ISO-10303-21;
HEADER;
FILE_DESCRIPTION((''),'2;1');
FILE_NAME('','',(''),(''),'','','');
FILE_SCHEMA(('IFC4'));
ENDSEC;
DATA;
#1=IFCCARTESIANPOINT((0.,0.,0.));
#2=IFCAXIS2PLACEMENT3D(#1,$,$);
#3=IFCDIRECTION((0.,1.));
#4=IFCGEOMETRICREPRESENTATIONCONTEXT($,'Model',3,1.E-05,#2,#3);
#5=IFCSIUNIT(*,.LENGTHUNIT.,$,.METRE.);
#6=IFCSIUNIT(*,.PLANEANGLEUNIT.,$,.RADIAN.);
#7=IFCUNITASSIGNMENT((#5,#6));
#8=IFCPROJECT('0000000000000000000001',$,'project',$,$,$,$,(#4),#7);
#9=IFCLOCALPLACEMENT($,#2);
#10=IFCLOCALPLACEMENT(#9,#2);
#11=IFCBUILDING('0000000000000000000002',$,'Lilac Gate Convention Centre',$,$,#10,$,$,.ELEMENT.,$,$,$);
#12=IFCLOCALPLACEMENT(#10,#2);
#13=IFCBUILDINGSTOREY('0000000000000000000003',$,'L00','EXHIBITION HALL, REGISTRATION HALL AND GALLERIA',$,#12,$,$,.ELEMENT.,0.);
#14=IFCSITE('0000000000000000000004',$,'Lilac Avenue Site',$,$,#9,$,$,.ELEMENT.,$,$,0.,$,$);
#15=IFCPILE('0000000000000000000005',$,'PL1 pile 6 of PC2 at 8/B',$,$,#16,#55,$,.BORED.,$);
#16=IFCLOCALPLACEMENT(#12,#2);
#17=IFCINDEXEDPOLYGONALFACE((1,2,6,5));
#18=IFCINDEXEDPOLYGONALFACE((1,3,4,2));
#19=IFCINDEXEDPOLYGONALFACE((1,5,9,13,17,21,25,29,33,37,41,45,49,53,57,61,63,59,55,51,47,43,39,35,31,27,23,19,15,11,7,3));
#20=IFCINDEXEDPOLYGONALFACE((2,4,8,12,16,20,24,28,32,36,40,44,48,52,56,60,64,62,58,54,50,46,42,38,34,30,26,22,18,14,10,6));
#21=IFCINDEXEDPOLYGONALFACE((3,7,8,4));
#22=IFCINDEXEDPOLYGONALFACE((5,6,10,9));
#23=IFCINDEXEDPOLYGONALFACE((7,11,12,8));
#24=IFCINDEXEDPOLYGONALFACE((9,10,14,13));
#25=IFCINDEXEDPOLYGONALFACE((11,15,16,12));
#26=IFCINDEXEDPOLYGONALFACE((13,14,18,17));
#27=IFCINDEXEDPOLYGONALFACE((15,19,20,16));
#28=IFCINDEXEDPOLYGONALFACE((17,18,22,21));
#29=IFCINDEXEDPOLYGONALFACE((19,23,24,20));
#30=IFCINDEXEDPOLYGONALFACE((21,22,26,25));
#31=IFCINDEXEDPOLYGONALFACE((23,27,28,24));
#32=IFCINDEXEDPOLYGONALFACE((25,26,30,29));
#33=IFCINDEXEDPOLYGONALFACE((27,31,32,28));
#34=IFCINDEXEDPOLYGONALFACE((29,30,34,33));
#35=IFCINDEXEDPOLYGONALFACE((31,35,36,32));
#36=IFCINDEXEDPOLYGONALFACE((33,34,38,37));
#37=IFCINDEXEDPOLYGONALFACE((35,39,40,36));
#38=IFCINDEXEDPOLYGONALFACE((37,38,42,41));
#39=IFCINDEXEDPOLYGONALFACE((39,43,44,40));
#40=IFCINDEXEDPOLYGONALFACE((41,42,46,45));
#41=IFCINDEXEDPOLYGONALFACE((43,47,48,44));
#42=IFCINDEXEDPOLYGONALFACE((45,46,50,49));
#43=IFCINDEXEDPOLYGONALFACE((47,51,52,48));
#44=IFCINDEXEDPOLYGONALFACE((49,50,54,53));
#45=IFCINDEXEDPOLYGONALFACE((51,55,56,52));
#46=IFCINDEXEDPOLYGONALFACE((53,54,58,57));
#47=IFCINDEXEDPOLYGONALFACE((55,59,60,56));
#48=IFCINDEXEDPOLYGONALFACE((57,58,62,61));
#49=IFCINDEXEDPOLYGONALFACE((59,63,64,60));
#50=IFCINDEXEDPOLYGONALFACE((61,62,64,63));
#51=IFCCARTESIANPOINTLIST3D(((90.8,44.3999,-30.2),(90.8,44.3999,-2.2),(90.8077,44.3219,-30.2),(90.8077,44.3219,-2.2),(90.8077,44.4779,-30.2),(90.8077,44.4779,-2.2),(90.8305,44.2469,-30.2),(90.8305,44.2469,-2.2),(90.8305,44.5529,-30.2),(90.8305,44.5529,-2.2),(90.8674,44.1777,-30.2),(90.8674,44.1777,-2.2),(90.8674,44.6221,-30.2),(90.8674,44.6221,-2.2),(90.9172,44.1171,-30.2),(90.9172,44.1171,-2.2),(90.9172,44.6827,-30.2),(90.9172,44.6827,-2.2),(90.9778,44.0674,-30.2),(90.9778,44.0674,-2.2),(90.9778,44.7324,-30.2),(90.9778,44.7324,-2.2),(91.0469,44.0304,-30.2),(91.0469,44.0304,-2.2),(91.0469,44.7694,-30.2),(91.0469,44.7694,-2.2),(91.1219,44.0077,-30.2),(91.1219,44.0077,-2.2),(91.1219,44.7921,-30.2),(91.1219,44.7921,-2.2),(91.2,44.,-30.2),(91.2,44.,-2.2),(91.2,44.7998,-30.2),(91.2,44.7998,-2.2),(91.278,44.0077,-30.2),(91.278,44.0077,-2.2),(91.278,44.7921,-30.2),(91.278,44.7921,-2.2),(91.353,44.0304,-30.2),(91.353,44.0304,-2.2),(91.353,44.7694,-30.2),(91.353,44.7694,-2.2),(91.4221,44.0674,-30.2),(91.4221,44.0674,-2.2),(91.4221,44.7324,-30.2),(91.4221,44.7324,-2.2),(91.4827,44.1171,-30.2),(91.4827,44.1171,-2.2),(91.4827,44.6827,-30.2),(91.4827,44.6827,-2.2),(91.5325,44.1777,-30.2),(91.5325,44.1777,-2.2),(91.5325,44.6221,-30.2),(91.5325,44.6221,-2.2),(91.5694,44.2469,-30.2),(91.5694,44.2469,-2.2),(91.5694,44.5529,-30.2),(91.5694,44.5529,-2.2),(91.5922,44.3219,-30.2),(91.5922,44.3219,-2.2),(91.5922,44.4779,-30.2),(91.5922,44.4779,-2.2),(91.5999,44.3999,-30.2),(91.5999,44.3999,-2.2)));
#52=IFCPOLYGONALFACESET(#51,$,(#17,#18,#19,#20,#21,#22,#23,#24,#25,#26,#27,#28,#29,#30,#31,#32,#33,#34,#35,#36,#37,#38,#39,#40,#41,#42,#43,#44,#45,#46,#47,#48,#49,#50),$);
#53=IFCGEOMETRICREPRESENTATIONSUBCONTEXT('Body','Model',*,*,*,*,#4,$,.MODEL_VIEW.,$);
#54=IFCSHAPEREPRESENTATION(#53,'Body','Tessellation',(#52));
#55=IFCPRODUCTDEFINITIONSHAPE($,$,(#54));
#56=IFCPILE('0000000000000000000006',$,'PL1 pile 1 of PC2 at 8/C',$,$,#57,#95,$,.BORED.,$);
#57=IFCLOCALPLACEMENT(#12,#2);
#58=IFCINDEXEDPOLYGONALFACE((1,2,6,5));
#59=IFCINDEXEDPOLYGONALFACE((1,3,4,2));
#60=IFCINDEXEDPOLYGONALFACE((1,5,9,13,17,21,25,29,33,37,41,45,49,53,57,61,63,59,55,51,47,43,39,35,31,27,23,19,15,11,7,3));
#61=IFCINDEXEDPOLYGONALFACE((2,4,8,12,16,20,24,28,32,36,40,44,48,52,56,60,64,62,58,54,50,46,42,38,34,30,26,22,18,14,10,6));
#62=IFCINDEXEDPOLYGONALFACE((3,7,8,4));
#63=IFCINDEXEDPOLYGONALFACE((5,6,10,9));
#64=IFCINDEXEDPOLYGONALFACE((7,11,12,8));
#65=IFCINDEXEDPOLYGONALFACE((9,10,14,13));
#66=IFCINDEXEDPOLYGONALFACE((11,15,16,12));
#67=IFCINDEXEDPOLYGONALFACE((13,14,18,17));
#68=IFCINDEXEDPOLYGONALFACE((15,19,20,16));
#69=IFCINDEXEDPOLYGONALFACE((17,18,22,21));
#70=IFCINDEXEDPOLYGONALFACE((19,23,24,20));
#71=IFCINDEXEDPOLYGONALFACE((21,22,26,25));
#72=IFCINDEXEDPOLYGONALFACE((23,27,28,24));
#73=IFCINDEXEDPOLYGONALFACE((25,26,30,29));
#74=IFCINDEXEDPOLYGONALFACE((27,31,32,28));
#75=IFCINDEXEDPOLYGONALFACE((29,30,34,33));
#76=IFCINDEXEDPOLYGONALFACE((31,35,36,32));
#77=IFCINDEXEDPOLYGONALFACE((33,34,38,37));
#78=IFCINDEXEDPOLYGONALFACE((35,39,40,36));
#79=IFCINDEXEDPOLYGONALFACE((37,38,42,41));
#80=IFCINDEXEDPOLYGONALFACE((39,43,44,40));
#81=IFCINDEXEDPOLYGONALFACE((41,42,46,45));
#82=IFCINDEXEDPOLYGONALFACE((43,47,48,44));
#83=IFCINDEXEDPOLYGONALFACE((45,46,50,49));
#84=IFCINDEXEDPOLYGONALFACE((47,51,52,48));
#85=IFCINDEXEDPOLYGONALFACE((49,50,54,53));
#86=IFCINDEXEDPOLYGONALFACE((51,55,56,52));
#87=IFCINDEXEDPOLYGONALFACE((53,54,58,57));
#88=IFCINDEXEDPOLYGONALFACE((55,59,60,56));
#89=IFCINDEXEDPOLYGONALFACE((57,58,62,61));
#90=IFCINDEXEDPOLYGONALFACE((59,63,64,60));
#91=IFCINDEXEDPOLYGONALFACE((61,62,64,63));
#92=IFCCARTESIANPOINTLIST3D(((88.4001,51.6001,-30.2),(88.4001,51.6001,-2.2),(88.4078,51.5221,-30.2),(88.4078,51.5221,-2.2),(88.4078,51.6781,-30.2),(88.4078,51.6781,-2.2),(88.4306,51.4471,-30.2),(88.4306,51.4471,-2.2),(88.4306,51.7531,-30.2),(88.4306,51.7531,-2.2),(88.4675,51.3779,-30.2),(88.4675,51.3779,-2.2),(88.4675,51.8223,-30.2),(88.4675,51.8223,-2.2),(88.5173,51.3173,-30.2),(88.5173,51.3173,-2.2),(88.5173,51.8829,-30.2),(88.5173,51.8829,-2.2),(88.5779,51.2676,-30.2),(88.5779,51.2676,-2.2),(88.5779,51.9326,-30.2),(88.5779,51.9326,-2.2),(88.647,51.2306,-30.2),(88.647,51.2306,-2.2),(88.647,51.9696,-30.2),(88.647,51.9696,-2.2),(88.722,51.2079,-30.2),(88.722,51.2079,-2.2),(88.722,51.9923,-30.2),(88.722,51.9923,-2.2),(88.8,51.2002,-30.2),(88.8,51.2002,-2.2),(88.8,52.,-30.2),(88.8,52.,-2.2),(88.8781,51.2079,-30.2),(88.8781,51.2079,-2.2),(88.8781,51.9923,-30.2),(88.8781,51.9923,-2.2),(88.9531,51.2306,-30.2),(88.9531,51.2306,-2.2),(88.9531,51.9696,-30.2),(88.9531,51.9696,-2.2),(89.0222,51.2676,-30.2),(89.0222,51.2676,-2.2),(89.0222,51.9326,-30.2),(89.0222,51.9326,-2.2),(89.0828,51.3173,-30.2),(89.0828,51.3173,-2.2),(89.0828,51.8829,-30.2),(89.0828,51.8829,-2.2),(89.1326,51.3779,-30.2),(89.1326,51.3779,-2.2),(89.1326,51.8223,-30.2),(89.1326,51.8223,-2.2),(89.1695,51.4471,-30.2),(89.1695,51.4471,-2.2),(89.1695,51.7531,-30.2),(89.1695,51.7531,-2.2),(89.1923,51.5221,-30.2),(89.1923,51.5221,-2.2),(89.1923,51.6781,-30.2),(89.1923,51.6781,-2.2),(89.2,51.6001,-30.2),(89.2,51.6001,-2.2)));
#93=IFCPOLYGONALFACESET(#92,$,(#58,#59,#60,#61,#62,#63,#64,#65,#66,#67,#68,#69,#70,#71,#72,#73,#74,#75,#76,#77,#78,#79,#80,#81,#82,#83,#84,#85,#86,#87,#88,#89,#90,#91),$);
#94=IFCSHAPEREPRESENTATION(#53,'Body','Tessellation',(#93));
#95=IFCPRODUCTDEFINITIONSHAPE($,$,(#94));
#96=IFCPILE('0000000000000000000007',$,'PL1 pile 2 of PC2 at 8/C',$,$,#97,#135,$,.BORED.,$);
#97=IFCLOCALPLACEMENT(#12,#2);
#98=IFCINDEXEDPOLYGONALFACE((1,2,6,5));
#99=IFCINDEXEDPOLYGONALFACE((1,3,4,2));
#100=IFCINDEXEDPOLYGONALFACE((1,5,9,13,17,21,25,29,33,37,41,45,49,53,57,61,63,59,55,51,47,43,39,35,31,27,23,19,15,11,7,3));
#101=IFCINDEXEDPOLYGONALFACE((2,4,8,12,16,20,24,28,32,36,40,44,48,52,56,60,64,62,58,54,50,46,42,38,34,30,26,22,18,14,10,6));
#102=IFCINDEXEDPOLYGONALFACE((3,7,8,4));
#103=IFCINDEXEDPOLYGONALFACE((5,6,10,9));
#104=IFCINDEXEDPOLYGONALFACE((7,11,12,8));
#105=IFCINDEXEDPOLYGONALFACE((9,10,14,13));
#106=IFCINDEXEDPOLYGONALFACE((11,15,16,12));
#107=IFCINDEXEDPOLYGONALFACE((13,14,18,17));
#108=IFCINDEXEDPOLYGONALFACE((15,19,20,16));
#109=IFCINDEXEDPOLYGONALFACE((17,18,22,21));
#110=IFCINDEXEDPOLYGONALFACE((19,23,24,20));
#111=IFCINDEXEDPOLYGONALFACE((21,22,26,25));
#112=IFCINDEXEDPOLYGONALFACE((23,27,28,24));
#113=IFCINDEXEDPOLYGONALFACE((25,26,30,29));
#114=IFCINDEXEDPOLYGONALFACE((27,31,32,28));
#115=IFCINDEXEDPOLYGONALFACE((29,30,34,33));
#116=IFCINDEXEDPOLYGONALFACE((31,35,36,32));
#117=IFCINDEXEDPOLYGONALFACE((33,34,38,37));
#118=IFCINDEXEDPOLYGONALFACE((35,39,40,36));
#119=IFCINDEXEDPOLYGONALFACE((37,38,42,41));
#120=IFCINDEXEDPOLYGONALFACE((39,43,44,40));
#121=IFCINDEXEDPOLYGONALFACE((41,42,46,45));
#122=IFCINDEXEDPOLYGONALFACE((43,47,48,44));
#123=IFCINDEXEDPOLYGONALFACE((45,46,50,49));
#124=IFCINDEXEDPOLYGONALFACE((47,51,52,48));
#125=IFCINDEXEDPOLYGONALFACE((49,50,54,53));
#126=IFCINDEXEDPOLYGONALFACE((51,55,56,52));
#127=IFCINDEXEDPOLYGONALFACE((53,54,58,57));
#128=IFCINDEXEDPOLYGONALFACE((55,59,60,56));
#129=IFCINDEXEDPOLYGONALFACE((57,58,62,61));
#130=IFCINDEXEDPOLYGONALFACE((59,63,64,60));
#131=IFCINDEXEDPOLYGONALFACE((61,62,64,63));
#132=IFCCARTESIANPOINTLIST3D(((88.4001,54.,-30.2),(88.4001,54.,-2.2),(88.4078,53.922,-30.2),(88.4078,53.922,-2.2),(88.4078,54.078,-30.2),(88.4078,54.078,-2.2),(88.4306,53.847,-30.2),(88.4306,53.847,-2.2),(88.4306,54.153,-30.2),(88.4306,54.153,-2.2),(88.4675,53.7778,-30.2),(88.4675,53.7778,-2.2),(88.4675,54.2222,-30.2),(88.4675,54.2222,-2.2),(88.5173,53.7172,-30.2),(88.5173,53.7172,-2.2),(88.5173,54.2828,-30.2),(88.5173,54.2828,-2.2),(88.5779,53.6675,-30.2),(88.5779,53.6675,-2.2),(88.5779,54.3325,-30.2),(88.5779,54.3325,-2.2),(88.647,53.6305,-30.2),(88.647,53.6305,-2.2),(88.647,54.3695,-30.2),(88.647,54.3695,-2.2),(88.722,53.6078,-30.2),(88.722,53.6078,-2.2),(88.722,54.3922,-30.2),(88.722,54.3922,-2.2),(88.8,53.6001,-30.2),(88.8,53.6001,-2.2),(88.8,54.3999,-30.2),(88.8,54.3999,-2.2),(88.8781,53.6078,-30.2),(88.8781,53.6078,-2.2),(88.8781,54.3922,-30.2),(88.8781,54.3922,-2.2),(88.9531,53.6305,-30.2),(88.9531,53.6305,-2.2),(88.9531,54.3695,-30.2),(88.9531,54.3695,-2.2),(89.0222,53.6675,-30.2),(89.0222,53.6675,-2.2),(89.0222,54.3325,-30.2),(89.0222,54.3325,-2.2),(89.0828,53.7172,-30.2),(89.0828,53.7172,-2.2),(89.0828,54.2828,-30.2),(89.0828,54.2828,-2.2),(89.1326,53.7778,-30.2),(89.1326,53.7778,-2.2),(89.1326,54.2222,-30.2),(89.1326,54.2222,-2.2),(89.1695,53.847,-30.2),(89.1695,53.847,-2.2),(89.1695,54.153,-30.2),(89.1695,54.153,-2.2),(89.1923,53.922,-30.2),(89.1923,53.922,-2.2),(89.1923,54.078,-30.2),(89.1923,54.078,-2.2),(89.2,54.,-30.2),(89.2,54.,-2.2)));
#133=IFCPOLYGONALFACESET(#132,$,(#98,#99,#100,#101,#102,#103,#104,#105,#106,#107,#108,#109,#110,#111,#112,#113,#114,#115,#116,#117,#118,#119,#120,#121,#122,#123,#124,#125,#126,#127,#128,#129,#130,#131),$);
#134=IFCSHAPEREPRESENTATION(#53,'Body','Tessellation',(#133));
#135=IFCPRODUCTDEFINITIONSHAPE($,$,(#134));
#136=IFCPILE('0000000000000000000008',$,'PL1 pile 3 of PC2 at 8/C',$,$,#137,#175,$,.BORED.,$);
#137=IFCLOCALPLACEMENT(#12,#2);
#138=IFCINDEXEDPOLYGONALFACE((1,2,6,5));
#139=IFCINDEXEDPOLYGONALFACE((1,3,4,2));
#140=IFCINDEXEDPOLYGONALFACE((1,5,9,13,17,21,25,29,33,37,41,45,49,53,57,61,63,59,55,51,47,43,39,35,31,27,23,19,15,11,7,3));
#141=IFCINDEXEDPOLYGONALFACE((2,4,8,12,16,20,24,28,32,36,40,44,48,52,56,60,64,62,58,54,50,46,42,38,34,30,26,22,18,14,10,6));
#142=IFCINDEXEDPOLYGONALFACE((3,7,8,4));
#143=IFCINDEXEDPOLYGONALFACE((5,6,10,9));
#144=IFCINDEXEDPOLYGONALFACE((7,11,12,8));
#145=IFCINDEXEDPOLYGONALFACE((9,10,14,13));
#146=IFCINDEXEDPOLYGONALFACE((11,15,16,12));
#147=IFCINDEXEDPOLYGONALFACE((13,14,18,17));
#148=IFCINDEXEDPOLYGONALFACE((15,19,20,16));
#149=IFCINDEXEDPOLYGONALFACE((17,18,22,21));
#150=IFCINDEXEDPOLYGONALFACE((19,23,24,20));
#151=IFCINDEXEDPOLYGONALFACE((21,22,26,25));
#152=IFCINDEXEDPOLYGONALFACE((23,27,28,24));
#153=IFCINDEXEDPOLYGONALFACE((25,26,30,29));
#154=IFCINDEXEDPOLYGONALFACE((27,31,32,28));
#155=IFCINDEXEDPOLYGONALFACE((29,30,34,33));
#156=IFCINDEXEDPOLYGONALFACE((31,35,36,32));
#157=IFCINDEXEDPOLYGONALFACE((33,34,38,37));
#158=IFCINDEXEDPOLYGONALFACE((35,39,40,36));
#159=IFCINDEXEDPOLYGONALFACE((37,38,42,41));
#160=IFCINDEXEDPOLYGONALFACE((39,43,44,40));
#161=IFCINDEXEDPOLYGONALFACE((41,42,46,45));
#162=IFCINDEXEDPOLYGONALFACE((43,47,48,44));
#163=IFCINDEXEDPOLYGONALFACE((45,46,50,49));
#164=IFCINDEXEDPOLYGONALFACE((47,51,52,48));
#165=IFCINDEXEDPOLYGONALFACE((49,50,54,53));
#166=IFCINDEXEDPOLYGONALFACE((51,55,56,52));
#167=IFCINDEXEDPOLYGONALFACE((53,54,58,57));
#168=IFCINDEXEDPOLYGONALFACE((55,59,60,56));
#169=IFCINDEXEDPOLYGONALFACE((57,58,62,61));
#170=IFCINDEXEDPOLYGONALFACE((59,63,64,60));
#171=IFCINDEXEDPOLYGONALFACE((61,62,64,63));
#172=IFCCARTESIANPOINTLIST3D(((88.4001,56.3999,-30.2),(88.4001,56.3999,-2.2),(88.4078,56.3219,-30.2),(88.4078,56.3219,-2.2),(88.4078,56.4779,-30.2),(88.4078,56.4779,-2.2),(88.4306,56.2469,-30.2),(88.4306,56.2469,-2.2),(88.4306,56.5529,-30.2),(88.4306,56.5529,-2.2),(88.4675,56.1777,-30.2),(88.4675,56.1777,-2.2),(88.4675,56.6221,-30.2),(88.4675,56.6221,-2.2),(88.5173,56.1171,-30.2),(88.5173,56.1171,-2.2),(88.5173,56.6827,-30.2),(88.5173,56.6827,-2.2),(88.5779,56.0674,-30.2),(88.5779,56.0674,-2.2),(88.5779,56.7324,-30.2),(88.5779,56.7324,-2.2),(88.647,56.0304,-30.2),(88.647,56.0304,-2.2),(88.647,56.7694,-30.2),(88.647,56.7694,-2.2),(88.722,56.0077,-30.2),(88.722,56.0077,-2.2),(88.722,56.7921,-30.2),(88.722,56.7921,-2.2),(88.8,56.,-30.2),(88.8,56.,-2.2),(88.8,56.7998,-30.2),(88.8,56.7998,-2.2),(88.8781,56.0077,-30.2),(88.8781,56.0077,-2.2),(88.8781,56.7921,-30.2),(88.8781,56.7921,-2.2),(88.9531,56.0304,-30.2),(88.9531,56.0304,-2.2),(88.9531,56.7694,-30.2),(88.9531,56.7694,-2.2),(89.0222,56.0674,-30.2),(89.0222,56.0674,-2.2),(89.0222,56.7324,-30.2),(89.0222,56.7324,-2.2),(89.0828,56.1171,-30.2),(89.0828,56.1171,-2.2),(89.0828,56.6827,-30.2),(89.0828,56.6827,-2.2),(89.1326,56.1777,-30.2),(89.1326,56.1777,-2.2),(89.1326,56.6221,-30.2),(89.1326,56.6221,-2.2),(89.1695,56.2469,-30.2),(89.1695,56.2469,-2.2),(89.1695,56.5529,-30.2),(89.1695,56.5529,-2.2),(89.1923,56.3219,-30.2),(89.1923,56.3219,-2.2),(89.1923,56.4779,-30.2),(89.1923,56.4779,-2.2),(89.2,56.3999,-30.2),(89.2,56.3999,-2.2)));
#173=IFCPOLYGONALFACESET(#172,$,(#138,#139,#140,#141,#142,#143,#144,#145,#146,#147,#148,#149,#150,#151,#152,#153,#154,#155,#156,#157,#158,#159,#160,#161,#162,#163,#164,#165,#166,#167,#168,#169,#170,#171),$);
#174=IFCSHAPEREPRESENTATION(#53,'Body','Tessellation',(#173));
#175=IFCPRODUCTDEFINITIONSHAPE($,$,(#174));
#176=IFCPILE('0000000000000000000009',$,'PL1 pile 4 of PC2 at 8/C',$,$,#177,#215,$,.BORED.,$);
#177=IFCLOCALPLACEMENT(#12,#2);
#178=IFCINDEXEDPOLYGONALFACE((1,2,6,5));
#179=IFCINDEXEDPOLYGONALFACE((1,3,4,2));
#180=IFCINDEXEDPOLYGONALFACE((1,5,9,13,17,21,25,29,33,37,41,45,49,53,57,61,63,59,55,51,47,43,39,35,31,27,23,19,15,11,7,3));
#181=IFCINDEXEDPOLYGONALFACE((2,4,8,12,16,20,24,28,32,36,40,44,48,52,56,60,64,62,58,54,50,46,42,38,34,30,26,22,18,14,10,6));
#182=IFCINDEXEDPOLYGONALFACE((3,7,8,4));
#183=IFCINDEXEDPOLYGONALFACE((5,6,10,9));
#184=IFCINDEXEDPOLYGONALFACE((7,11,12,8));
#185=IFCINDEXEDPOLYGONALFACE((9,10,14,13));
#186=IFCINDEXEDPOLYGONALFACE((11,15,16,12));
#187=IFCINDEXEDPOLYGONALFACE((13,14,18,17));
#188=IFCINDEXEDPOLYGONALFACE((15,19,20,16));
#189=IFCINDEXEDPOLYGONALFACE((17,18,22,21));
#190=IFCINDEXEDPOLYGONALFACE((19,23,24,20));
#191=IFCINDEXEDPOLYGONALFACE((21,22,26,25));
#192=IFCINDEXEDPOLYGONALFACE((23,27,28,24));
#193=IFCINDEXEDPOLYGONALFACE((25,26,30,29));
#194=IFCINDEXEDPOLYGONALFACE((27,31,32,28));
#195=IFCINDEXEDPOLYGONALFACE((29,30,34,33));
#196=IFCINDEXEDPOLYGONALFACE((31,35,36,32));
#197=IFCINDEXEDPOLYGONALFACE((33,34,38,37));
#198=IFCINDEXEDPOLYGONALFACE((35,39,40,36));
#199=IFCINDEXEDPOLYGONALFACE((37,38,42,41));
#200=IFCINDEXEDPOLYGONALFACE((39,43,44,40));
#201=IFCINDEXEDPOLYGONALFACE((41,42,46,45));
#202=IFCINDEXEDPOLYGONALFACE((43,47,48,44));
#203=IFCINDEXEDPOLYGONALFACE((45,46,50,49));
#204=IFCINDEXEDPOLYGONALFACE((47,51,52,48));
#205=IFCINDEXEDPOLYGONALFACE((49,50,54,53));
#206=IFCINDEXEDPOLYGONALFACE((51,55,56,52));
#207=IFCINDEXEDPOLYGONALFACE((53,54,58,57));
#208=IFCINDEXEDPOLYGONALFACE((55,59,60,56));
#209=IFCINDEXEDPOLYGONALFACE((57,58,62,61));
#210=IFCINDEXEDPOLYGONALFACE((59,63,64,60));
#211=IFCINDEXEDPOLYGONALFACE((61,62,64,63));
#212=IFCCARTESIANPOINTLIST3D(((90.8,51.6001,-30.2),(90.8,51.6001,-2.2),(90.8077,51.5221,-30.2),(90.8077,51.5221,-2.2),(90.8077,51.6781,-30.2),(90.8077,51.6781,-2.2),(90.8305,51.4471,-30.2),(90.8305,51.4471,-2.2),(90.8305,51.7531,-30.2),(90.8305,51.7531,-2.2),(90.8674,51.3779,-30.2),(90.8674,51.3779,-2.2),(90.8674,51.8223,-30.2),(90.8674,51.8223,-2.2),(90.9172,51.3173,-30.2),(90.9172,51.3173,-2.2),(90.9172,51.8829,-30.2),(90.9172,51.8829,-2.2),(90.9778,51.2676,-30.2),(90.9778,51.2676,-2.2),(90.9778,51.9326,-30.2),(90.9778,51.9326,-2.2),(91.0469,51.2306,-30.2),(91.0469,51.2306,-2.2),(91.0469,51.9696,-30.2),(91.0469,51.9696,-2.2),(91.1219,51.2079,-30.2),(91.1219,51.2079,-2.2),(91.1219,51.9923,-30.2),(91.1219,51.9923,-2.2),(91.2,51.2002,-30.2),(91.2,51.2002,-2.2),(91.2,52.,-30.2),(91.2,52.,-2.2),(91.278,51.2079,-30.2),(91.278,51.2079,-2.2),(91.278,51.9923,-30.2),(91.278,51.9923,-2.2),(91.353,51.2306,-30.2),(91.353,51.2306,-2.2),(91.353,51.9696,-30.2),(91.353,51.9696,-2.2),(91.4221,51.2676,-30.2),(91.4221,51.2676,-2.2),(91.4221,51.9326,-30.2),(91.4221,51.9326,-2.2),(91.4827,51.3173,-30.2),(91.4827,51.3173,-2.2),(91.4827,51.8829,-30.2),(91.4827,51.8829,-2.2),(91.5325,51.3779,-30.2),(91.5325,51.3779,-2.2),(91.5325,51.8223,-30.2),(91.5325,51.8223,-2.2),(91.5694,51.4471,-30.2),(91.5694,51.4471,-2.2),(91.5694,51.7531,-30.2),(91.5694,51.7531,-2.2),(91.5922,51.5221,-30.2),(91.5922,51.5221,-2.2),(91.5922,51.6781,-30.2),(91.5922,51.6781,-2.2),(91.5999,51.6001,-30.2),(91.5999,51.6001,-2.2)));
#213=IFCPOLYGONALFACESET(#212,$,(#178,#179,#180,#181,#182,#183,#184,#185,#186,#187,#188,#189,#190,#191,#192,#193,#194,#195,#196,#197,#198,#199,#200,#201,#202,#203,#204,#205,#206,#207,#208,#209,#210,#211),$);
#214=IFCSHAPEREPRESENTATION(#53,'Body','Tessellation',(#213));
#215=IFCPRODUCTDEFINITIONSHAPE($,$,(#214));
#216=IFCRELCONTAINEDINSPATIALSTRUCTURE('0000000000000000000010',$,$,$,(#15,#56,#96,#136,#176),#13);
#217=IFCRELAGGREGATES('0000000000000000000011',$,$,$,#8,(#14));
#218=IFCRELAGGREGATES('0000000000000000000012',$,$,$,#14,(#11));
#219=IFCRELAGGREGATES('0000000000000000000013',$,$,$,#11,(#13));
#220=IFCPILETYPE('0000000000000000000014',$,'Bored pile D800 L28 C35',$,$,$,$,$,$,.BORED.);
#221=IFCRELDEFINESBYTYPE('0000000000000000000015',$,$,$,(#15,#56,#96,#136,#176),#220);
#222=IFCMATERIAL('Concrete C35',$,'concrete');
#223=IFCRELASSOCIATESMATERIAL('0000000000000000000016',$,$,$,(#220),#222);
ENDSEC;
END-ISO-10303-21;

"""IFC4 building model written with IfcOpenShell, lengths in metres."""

from ifc_helpers import new_model, si_unit, direction, frame, origin, origin_2d, place, context, subcontext, project, spatial, circle, extrude, material, material_profile, profile_set, type_object, element, save


model = new_model("IFC4")

# Units and contexts
model_context = context("Model", 3, precision=1e-05, world=origin(), true_north=direction((0.0, 1.0)))
body_context = subcontext(model_context, "Body", "Model", "MODEL_VIEW")
ifc_project = project(units=[si_unit("LENGTHUNIT", "METRE"), si_unit("PLANEANGLEUNIT", "RADIAN")], contexts=[model_context])

# Site, building, storey
site_placement = place(None, origin())
site = spatial("IfcSite", under=ifc_project, at=site_placement, Name="Lilac Avenue Site", CompositionType="ELEMENT", RefElevation=0.0)
building_placement = place(site_placement, origin())
building = spatial("IfcBuilding", under=site, at=building_placement, Name="Lilac Gate Convention Centre", CompositionType="ELEMENT")
storey_placement = place(building_placement, origin())
storey = spatial("IfcBuildingStorey", under=building, at=storey_placement, Name="L00", Description="EXHIBITION HALL, REGISTRATION HALL AND GALLERIA", CompositionType="ELEMENT", Elevation=0.0)

# Piles
ifc_material_1 = material(Name="Concrete C35", Category="concrete")
ifc_material_profile_1 = material_profile(ifc_material_1, circle(Radius=0.3999, at=origin_2d()), Name="D800")
ifc_profile_set_1 = profile_set([ifc_material_profile_1], Name="Concrete C35")
pile_type = type_object("IfcPileType", Name="Bored pile D800 L28 C35", PredefinedType="BORED", material=ifc_profile_set_1)
for number, where, z_axis, x_axis, name in (
    (1, (91.2, 44.3999, -2.2), (0.0, 0.0, -1.0), (1.0, 0.0, 0.0), "PL1 pile 6 of PC2 at 8/B"),
    (2, (88.8, 51.6001, -2.2), (0.0, 0.0, -1.0), (1.0, 0.0, 0.0), "PL1 pile 1 of PC2 at 8/C"),
    (3, (88.8, 54.0, -2.2), (0.0, 0.0, -1.0), (1.0, 0.0, 0.0), "PL1 pile 2 of PC2 at 8/C"),
    (4, (88.8, 56.3999, -2.2), (0.0, 0.0, -1.0), (1.0, 0.0, 0.0), "PL1 pile 3 of PC2 at 8/C"),
    (5, (91.2, 51.6001, -2.2), (0.0, 0.0, -1.0), (1.0, 0.0, 0.0), "PL1 pile 4 of PC2 at 8/C"),
):
    element("IfcPile", number, at=place(storey_placement, frame(where, z_axis=z_axis, x_axis=x_axis)), inside=storey, type_object=pile_type, Name=name, PredefinedType="BORED", context=body_context, shape_type="SweptSolid", body=[
        extrude(circle(Radius=0.3999, at=origin_2d()), origin(), (0.0, 0.0, 1.0), 28.0),
    ])

save(model, "model.ifc")
